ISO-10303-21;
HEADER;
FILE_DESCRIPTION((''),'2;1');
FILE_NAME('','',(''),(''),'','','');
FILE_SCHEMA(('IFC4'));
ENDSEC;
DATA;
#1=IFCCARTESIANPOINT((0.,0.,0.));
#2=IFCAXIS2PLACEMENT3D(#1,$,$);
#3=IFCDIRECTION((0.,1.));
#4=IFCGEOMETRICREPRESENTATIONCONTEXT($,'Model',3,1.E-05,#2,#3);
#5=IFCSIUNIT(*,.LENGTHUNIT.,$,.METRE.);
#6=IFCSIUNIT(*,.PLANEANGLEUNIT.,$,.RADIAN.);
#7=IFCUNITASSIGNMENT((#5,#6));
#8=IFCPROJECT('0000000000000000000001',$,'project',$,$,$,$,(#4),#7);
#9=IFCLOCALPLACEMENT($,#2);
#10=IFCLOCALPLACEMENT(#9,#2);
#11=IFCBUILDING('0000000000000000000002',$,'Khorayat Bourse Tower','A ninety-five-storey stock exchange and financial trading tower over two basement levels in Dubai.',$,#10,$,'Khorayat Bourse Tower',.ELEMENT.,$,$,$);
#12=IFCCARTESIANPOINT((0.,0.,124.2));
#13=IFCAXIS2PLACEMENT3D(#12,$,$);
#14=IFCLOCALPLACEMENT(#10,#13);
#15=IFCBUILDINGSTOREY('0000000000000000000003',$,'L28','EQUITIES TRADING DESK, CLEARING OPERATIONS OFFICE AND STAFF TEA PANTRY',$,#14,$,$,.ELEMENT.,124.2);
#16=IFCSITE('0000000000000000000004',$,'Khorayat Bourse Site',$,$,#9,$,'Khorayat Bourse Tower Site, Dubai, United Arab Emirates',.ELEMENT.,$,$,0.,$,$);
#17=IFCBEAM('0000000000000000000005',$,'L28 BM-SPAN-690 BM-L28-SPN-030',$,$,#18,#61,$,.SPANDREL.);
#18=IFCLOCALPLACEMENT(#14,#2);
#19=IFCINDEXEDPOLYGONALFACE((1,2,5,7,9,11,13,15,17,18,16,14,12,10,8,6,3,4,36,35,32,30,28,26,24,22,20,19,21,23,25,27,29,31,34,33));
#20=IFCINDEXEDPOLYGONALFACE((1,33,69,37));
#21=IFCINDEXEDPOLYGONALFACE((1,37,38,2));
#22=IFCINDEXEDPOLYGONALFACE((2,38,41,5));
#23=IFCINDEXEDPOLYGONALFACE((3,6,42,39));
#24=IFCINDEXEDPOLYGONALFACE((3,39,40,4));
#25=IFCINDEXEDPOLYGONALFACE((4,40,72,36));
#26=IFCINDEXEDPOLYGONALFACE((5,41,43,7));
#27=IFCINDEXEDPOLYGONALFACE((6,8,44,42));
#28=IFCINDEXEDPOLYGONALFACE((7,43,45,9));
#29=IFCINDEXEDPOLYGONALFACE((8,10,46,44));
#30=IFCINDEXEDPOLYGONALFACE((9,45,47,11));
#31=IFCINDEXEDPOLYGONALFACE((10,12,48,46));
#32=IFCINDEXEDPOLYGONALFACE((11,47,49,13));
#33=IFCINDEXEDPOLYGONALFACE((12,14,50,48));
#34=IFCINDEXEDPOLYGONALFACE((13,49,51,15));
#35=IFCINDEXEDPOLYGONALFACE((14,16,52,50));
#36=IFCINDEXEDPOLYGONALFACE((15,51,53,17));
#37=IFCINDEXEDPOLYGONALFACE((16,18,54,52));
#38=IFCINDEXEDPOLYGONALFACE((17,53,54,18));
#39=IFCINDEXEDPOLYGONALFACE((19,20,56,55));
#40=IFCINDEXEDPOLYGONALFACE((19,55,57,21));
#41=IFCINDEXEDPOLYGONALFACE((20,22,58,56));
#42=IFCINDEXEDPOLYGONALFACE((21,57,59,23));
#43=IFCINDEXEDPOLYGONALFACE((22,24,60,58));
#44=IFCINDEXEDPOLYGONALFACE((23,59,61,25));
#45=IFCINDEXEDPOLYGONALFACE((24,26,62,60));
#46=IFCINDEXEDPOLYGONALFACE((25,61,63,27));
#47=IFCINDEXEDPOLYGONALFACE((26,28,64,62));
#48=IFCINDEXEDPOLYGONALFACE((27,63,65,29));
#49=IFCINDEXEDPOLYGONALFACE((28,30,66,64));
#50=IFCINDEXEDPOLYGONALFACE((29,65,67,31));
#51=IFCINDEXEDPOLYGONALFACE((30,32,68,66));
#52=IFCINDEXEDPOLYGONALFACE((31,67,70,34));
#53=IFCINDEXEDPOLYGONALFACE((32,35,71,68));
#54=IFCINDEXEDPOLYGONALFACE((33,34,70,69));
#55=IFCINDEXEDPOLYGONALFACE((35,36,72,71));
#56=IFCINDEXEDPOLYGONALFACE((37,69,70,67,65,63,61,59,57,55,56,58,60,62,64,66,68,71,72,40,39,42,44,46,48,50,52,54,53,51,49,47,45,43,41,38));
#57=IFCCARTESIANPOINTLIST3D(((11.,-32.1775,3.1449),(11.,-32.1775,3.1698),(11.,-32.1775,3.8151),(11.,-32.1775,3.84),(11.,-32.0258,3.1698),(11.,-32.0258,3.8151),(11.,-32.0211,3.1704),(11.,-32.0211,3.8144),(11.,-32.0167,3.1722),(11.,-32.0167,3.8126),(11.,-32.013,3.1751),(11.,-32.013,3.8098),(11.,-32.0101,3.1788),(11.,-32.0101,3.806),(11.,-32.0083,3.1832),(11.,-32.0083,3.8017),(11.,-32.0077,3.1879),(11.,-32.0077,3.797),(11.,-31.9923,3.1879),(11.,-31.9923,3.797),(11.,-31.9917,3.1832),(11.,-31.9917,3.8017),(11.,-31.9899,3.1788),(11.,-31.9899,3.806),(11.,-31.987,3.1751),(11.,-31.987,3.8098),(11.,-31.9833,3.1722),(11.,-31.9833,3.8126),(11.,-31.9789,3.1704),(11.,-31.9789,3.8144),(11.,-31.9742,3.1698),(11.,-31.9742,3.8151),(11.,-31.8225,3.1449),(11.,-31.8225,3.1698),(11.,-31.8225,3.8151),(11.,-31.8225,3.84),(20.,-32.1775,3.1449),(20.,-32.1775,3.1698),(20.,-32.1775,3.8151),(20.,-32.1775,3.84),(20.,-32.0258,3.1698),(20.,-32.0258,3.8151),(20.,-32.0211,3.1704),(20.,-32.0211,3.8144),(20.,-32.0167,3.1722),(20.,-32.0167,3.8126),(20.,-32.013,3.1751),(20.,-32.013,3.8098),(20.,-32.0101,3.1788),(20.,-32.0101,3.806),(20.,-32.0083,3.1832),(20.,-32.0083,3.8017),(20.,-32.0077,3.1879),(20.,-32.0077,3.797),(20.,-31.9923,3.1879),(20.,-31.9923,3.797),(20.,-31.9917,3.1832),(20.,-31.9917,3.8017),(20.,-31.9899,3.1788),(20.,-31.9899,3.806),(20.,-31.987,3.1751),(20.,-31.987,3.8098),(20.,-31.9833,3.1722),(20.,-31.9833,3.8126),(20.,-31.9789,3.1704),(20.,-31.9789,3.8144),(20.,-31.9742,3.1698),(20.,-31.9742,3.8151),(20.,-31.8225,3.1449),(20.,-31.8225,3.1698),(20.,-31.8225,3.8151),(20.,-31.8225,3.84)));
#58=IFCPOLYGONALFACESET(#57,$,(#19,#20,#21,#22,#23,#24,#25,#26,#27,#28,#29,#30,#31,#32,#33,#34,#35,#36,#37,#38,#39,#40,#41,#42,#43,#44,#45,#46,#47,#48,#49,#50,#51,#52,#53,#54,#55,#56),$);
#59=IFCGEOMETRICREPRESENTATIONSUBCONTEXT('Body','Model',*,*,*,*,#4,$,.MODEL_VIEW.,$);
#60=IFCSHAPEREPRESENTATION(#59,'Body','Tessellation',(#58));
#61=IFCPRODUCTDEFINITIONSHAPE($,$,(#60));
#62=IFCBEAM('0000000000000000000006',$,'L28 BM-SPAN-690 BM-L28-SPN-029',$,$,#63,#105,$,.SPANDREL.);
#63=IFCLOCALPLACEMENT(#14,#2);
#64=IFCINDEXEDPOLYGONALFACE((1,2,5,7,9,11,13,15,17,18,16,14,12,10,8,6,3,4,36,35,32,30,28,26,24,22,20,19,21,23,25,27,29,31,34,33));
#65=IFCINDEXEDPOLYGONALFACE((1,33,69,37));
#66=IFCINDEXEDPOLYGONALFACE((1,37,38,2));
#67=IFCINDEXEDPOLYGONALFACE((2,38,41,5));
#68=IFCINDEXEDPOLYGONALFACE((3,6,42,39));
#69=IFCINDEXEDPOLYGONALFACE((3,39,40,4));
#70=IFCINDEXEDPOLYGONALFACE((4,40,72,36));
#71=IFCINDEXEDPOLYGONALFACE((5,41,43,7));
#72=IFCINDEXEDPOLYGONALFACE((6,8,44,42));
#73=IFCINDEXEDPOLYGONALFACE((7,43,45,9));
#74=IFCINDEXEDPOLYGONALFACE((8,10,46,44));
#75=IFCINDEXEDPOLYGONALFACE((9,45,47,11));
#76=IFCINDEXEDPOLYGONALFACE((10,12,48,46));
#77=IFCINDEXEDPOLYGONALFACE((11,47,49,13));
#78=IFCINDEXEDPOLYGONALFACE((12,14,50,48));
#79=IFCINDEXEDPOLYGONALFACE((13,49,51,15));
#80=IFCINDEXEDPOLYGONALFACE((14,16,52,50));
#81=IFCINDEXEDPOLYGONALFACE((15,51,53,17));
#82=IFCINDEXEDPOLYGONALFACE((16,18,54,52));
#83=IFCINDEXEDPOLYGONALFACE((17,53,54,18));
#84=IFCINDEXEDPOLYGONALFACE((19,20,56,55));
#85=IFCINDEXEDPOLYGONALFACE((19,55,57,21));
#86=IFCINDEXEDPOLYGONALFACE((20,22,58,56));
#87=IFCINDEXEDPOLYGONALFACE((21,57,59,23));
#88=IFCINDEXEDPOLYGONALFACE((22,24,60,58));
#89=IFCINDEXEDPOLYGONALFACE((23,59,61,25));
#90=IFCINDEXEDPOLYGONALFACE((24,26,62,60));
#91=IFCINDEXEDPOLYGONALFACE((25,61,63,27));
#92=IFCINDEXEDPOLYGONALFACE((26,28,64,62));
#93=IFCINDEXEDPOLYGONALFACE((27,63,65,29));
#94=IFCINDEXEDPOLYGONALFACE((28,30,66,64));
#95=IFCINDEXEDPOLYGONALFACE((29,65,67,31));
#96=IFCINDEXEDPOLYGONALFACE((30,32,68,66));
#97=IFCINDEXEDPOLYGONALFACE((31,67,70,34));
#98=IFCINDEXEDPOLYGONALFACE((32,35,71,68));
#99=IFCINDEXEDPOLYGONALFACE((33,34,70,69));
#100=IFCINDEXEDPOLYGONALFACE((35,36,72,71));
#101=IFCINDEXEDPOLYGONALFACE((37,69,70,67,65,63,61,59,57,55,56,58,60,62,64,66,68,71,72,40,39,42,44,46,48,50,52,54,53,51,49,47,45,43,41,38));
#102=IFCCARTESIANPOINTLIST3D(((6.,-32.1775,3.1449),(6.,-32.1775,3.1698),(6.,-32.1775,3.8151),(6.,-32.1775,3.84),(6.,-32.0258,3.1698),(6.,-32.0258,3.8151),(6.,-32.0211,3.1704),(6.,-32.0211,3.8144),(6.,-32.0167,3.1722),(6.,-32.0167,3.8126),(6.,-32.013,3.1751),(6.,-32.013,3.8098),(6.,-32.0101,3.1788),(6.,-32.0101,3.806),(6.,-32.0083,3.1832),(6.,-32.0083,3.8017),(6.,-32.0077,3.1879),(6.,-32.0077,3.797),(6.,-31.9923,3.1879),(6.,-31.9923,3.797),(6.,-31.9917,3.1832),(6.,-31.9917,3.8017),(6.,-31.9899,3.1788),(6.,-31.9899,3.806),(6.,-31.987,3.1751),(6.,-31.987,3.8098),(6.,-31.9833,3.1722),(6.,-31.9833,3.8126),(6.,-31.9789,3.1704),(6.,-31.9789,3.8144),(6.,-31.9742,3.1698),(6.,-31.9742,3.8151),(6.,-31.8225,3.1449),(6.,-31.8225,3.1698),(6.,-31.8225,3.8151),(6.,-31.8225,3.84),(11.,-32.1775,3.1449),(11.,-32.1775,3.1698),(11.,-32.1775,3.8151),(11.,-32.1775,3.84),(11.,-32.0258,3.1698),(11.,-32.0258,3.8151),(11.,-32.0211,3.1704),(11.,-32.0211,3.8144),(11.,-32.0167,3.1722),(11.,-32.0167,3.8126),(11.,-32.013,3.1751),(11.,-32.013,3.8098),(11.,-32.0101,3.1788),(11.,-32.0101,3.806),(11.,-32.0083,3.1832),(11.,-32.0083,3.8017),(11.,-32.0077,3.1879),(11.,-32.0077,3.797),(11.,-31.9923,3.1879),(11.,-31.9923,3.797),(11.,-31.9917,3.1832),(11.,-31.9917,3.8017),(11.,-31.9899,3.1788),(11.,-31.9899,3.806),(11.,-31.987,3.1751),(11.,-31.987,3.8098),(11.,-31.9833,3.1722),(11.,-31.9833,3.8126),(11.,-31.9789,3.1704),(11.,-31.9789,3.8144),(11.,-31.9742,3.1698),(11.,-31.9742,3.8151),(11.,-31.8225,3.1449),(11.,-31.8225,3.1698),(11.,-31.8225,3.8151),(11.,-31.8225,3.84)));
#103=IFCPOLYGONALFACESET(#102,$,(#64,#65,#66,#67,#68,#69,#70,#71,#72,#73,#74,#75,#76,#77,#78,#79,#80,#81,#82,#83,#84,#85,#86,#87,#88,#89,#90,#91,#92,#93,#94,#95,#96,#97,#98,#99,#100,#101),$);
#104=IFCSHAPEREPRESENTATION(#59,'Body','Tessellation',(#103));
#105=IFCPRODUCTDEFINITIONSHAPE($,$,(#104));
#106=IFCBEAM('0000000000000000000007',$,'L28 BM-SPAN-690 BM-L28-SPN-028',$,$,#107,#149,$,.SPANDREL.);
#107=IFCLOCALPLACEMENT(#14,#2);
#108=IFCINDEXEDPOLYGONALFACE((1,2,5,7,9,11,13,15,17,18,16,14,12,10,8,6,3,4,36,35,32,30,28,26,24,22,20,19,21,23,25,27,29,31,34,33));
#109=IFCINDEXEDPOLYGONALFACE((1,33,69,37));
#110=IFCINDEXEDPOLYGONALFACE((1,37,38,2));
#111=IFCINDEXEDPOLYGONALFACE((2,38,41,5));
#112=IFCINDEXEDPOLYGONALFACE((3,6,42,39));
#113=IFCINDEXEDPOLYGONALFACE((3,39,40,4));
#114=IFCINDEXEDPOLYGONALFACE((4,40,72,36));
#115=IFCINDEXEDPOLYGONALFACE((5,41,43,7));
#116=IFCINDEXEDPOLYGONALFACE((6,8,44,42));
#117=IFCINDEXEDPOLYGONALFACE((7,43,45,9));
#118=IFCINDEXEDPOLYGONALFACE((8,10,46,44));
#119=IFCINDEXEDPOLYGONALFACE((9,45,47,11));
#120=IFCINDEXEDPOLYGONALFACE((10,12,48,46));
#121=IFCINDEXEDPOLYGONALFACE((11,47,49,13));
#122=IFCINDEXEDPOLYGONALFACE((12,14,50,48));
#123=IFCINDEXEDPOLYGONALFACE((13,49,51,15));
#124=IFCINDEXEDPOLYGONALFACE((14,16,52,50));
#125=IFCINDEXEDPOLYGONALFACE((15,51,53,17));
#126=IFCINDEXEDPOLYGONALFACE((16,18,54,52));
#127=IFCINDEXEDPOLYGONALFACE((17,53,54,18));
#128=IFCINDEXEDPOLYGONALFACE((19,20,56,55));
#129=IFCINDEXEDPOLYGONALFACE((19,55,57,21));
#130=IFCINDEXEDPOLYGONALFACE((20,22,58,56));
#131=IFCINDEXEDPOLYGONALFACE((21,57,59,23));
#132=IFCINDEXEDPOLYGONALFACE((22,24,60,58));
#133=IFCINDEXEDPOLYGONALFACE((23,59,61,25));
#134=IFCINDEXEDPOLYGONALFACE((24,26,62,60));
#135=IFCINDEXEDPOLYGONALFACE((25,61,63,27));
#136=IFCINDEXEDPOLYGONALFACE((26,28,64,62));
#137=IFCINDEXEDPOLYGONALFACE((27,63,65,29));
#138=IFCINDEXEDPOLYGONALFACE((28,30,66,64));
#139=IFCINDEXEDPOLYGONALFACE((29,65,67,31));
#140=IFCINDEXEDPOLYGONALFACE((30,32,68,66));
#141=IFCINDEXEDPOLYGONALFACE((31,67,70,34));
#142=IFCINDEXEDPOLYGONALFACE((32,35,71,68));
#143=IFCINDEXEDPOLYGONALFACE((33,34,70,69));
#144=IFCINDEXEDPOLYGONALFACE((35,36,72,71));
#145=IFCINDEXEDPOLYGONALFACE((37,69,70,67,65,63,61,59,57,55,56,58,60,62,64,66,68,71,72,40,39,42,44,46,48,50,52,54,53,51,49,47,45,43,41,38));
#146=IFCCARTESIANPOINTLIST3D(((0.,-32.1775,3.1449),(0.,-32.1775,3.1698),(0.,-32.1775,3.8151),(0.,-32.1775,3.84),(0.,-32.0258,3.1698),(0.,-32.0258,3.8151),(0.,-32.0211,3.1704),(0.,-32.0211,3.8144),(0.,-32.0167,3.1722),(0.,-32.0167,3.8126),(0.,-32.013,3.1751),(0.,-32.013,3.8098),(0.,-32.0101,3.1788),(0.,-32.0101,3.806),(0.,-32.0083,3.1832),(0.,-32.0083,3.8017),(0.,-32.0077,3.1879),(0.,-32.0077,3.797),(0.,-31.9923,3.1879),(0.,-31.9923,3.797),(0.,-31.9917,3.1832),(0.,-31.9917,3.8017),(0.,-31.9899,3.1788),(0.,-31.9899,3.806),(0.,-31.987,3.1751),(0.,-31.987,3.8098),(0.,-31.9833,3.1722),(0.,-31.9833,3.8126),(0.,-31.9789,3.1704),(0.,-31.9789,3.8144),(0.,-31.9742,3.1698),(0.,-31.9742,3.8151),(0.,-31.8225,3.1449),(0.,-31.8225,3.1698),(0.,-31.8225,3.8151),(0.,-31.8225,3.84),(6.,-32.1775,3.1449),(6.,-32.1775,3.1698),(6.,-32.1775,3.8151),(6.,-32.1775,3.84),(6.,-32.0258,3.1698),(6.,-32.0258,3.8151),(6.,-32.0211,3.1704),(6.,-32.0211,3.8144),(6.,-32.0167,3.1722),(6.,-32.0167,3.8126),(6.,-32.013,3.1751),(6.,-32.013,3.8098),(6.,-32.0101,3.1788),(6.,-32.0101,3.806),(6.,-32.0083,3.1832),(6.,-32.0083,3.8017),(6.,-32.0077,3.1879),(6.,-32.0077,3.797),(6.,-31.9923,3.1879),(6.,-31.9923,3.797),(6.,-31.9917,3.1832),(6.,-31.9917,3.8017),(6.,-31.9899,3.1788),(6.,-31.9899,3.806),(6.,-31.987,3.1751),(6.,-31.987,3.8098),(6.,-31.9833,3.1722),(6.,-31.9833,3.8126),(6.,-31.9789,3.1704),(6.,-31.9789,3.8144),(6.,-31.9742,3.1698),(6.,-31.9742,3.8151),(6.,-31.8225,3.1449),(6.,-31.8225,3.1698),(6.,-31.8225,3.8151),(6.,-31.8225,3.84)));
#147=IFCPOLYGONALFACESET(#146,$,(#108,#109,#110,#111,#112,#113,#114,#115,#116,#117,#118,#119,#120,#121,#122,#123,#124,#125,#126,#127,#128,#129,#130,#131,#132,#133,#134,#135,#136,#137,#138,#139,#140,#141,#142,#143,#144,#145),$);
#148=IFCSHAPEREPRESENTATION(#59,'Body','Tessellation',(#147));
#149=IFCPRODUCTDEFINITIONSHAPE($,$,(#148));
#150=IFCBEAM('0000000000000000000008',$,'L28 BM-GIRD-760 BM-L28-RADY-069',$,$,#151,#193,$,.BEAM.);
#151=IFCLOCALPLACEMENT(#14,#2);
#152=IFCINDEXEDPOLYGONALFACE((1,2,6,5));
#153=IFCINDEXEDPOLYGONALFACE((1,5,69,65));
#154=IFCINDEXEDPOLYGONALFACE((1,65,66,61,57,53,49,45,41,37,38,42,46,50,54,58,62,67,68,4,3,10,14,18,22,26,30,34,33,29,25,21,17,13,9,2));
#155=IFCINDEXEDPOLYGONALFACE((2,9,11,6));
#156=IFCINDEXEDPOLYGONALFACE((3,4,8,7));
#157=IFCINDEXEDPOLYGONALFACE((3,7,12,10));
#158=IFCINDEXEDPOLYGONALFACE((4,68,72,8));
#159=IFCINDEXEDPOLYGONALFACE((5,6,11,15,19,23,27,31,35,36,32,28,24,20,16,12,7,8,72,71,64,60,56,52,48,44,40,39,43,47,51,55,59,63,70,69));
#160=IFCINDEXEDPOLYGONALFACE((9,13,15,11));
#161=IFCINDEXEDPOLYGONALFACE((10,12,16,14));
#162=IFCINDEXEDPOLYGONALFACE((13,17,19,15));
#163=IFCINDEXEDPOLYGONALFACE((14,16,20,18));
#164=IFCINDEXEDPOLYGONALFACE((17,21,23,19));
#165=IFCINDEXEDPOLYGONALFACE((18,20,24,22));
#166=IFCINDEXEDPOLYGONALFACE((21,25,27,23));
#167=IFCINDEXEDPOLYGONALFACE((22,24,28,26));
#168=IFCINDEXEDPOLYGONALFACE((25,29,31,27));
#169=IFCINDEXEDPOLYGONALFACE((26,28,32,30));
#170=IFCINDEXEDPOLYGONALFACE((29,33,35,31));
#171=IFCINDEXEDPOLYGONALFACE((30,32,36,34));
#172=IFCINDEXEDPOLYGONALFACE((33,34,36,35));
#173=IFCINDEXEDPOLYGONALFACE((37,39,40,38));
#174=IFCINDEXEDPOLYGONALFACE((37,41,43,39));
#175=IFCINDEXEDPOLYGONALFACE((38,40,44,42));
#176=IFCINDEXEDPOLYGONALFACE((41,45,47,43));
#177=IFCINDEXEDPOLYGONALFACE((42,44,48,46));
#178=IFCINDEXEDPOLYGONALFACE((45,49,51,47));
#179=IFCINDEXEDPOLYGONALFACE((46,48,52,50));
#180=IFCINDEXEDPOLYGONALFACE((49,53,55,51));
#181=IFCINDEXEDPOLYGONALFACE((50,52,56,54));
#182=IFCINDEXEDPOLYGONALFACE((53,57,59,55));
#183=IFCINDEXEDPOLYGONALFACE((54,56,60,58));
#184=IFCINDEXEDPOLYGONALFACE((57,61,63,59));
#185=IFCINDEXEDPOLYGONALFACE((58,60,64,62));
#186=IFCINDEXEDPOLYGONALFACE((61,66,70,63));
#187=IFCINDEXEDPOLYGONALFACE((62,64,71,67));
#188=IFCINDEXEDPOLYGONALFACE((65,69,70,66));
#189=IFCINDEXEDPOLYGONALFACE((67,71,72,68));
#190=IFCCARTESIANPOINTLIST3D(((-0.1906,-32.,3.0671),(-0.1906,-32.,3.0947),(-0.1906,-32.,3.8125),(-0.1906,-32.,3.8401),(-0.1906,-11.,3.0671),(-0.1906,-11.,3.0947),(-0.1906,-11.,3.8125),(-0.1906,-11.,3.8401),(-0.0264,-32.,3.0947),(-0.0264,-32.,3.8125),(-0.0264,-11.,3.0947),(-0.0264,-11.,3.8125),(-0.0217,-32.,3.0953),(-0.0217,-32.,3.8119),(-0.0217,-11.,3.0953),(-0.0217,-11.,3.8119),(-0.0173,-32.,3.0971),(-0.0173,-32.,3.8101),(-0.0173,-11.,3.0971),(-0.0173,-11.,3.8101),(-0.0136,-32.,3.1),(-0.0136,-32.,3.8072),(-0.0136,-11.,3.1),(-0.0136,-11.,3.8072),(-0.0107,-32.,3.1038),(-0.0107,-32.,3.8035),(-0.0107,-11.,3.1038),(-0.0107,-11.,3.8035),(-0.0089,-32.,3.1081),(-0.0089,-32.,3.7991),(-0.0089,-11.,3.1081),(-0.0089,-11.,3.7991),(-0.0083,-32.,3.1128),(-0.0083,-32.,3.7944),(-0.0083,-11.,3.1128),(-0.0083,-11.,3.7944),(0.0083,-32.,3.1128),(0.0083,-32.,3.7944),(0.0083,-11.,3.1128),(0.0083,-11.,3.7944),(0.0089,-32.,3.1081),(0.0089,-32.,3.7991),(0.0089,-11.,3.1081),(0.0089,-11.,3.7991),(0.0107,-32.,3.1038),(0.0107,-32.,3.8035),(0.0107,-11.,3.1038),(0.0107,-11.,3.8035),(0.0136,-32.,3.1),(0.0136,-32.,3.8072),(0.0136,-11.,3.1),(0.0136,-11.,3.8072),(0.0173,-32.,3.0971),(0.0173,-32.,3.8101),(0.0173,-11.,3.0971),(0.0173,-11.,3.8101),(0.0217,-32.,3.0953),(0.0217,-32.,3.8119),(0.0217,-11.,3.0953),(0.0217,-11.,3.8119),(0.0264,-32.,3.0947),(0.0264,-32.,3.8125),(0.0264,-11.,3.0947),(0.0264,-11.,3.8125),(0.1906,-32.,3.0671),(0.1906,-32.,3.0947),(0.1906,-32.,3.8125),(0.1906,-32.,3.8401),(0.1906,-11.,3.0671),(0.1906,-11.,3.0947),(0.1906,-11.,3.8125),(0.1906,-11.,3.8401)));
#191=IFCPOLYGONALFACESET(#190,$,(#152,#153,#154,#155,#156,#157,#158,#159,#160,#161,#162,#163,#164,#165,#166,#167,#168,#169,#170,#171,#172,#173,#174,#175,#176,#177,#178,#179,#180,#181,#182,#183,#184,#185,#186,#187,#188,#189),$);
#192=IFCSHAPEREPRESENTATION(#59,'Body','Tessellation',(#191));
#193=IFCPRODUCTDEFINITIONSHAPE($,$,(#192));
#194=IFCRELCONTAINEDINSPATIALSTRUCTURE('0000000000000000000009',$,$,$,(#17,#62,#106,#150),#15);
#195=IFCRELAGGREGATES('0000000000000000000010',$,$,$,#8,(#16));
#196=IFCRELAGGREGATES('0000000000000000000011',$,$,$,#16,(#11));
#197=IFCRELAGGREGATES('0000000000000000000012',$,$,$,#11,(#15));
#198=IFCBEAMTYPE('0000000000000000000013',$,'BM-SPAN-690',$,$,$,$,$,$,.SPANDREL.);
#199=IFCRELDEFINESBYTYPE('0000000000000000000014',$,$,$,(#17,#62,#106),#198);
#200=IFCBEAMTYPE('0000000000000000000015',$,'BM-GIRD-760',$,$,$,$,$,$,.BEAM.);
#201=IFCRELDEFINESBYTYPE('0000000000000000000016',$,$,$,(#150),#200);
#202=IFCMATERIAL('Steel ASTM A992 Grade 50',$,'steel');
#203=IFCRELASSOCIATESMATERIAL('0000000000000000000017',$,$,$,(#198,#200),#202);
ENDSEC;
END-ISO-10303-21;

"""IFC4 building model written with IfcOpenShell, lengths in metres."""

from ifc_helpers import new_model, si_unit, direction, frame, origin, origin_2d, place, context, subcontext, project, spatial, i_section, extrude, source, transform, mapped, material, material_profile, profile_set, type_object, element, save


model = new_model("IFC4")

# Units and contexts
model_context = context("Model", 3, precision=1e-05, world=origin(), true_north=direction((0.0, 1.0)))
body_context = subcontext(model_context, "Body", "Model", "MODEL_VIEW")
ifc_project = project(units=[si_unit("LENGTHUNIT", "METRE"), si_unit("PLANEANGLEUNIT", "RADIAN")], contexts=[model_context])

# Site, building, storey
site_placement = place(None, origin())
site = spatial("IfcSite", under=ifc_project, at=site_placement, Name="Khorayat Bourse Site", LongName="Khorayat Bourse Tower Site, Dubai, United Arab Emirates", CompositionType="ELEMENT", RefElevation=0.0)
building_placement = place(site_placement, origin())
building = spatial("IfcBuilding", under=site, at=building_placement, Name="Khorayat Bourse Tower", Description="A ninety-five-storey stock exchange and financial trading tower over two basement levels in Dubai.", LongName="Khorayat Bourse Tower", CompositionType="ELEMENT")
storey_placement = place(building_placement, frame((0.0, 0.0, 124.2)))
storey = spatial("IfcBuildingStorey", under=building, at=storey_placement, Name="L28", Description="EQUITIES TRADING DESK, CLEARING OPERATIONS OFFICE AND STAFF TEA PANTRY", CompositionType="ELEMENT", Elevation=124.2)

# Beams
ifc_material_1 = material(Name="Steel ASTM A992 Grade 50", Category="steel")
ifc_material_profile_1 = material_profile(ifc_material_1, i_section(OverallWidth=0.355, OverallDepth=0.6951, WebThickness=0.0154, FlangeThickness=0.0249, FilletRadius=0.0181, at=origin_2d()), Name="W690X217")
ifc_profile_set_1 = profile_set([ifc_material_profile_1], Name="Steel ASTM A992 Grade 50")
beam_type_1 = type_object("IfcBeamType", Name="BM-SPAN-690", PredefinedType="SPANDREL", material=ifc_profile_set_1)
shared_shape_1 = source(origin(), body_context, "Body", "SweptSolid", [
    extrude(i_section(OverallWidth=0.355, OverallDepth=0.6951, WebThickness=0.0154, FlangeThickness=0.0249, FilletRadius=0.0181, at=origin_2d()), origin(), (0.0, 0.0, 1.0), 9.0),
])
beam_1_placement = place(storey_placement, frame((11.0, -32.0, 3.4924), z_axis=(1.0, 0.0, 0.0), x_axis=(0.0, 1.0, 0.0)))
element("IfcBeam", 1, at=beam_1_placement, inside=storey, type_object=beam_type_1, Name="L28 BM-SPAN-690 BM-L28-SPN-030", PredefinedType="SPANDREL", context=body_context, shape_type="MappedRepresentation", body=[
    mapped(shared_shape_1, transform((0.0, 0.0, 0.0), scale=1.0)),
])
shared_shape_2 = source(origin(), body_context, "Body", "SweptSolid", [
    extrude(i_section(OverallWidth=0.355, OverallDepth=0.6951, WebThickness=0.0154, FlangeThickness=0.0249, FilletRadius=0.0181, at=origin_2d()), origin(), (0.0, 0.0, 1.0), 5.0),
])
beam_2_placement = place(storey_placement, frame((6.0, -32.0, 3.4924), z_axis=(1.0, 0.0, 0.0), x_axis=(0.0, 1.0, 0.0)))
element("IfcBeam", 2, at=beam_2_placement, inside=storey, type_object=beam_type_1, Name="L28 BM-SPAN-690 BM-L28-SPN-029", PredefinedType="SPANDREL", context=body_context, shape_type="MappedRepresentation", body=[
    mapped(shared_shape_2, transform((0.0, 0.0, 0.0), scale=1.0)),
])
shared_shape_3 = source(origin(), body_context, "Body", "SweptSolid", [
    extrude(i_section(OverallWidth=0.355, OverallDepth=0.6951, WebThickness=0.0154, FlangeThickness=0.0249, FilletRadius=0.0181, at=origin_2d()), origin(), (0.0, 0.0, 1.0), 6.0),
])
beam_3_placement = place(storey_placement, frame((0.0, -32.0, 3.4924), z_axis=(1.0, 0.0, 0.0), x_axis=(0.0, 1.0, 0.0)))
element("IfcBeam", 3, at=beam_3_placement, inside=storey, type_object=beam_type_1, Name="L28 BM-SPAN-690 BM-L28-SPN-028", PredefinedType="SPANDREL", context=body_context, shape_type="MappedRepresentation", body=[
    mapped(shared_shape_3, transform((0.0, 0.0, 0.0), scale=1.0)),
])
ifc_material_profile_2 = material_profile(ifc_material_1, i_section(OverallWidth=0.3811, OverallDepth=0.7729, WebThickness=0.0166, FlangeThickness=0.0276, FilletRadius=0.0181, at=origin_2d()), Name="W760X257")
ifc_profile_set_2 = profile_set([ifc_material_profile_2], Name="Steel ASTM A992 Grade 50")
beam_type_2 = type_object("IfcBeamType", Name="BM-GIRD-760", PredefinedType="BEAM", material=ifc_profile_set_2)
shared_shape_4 = source(origin(), body_context, "Body", "SweptSolid", [
    extrude(i_section(OverallWidth=0.3811, OverallDepth=0.7729, WebThickness=0.0166, FlangeThickness=0.0276, FilletRadius=0.0181, at=origin_2d()), origin(), (0.0, 0.0, 1.0), 21.0),
])
for number, where, z_axis, x_axis, name in (
    (4, (0.0, -32.0, 3.4536), (0.0, 1.0, 0.0), (-1.0, 0.0, 0.0), "L28 BM-GIRD-760 BM-L28-RADY-069"),
):
    element("IfcBeam", number, at=place(storey_placement, frame(where, z_axis=z_axis, x_axis=x_axis)), inside=storey, type_object=beam_type_2, Name=name, PredefinedType="BEAM", context=body_context, shape_type="MappedRepresentation", body=[
        mapped(shared_shape_4, transform((0.0, 0.0, 0.0), scale=1.0)),
    ])

save(model, "model.ifc")
